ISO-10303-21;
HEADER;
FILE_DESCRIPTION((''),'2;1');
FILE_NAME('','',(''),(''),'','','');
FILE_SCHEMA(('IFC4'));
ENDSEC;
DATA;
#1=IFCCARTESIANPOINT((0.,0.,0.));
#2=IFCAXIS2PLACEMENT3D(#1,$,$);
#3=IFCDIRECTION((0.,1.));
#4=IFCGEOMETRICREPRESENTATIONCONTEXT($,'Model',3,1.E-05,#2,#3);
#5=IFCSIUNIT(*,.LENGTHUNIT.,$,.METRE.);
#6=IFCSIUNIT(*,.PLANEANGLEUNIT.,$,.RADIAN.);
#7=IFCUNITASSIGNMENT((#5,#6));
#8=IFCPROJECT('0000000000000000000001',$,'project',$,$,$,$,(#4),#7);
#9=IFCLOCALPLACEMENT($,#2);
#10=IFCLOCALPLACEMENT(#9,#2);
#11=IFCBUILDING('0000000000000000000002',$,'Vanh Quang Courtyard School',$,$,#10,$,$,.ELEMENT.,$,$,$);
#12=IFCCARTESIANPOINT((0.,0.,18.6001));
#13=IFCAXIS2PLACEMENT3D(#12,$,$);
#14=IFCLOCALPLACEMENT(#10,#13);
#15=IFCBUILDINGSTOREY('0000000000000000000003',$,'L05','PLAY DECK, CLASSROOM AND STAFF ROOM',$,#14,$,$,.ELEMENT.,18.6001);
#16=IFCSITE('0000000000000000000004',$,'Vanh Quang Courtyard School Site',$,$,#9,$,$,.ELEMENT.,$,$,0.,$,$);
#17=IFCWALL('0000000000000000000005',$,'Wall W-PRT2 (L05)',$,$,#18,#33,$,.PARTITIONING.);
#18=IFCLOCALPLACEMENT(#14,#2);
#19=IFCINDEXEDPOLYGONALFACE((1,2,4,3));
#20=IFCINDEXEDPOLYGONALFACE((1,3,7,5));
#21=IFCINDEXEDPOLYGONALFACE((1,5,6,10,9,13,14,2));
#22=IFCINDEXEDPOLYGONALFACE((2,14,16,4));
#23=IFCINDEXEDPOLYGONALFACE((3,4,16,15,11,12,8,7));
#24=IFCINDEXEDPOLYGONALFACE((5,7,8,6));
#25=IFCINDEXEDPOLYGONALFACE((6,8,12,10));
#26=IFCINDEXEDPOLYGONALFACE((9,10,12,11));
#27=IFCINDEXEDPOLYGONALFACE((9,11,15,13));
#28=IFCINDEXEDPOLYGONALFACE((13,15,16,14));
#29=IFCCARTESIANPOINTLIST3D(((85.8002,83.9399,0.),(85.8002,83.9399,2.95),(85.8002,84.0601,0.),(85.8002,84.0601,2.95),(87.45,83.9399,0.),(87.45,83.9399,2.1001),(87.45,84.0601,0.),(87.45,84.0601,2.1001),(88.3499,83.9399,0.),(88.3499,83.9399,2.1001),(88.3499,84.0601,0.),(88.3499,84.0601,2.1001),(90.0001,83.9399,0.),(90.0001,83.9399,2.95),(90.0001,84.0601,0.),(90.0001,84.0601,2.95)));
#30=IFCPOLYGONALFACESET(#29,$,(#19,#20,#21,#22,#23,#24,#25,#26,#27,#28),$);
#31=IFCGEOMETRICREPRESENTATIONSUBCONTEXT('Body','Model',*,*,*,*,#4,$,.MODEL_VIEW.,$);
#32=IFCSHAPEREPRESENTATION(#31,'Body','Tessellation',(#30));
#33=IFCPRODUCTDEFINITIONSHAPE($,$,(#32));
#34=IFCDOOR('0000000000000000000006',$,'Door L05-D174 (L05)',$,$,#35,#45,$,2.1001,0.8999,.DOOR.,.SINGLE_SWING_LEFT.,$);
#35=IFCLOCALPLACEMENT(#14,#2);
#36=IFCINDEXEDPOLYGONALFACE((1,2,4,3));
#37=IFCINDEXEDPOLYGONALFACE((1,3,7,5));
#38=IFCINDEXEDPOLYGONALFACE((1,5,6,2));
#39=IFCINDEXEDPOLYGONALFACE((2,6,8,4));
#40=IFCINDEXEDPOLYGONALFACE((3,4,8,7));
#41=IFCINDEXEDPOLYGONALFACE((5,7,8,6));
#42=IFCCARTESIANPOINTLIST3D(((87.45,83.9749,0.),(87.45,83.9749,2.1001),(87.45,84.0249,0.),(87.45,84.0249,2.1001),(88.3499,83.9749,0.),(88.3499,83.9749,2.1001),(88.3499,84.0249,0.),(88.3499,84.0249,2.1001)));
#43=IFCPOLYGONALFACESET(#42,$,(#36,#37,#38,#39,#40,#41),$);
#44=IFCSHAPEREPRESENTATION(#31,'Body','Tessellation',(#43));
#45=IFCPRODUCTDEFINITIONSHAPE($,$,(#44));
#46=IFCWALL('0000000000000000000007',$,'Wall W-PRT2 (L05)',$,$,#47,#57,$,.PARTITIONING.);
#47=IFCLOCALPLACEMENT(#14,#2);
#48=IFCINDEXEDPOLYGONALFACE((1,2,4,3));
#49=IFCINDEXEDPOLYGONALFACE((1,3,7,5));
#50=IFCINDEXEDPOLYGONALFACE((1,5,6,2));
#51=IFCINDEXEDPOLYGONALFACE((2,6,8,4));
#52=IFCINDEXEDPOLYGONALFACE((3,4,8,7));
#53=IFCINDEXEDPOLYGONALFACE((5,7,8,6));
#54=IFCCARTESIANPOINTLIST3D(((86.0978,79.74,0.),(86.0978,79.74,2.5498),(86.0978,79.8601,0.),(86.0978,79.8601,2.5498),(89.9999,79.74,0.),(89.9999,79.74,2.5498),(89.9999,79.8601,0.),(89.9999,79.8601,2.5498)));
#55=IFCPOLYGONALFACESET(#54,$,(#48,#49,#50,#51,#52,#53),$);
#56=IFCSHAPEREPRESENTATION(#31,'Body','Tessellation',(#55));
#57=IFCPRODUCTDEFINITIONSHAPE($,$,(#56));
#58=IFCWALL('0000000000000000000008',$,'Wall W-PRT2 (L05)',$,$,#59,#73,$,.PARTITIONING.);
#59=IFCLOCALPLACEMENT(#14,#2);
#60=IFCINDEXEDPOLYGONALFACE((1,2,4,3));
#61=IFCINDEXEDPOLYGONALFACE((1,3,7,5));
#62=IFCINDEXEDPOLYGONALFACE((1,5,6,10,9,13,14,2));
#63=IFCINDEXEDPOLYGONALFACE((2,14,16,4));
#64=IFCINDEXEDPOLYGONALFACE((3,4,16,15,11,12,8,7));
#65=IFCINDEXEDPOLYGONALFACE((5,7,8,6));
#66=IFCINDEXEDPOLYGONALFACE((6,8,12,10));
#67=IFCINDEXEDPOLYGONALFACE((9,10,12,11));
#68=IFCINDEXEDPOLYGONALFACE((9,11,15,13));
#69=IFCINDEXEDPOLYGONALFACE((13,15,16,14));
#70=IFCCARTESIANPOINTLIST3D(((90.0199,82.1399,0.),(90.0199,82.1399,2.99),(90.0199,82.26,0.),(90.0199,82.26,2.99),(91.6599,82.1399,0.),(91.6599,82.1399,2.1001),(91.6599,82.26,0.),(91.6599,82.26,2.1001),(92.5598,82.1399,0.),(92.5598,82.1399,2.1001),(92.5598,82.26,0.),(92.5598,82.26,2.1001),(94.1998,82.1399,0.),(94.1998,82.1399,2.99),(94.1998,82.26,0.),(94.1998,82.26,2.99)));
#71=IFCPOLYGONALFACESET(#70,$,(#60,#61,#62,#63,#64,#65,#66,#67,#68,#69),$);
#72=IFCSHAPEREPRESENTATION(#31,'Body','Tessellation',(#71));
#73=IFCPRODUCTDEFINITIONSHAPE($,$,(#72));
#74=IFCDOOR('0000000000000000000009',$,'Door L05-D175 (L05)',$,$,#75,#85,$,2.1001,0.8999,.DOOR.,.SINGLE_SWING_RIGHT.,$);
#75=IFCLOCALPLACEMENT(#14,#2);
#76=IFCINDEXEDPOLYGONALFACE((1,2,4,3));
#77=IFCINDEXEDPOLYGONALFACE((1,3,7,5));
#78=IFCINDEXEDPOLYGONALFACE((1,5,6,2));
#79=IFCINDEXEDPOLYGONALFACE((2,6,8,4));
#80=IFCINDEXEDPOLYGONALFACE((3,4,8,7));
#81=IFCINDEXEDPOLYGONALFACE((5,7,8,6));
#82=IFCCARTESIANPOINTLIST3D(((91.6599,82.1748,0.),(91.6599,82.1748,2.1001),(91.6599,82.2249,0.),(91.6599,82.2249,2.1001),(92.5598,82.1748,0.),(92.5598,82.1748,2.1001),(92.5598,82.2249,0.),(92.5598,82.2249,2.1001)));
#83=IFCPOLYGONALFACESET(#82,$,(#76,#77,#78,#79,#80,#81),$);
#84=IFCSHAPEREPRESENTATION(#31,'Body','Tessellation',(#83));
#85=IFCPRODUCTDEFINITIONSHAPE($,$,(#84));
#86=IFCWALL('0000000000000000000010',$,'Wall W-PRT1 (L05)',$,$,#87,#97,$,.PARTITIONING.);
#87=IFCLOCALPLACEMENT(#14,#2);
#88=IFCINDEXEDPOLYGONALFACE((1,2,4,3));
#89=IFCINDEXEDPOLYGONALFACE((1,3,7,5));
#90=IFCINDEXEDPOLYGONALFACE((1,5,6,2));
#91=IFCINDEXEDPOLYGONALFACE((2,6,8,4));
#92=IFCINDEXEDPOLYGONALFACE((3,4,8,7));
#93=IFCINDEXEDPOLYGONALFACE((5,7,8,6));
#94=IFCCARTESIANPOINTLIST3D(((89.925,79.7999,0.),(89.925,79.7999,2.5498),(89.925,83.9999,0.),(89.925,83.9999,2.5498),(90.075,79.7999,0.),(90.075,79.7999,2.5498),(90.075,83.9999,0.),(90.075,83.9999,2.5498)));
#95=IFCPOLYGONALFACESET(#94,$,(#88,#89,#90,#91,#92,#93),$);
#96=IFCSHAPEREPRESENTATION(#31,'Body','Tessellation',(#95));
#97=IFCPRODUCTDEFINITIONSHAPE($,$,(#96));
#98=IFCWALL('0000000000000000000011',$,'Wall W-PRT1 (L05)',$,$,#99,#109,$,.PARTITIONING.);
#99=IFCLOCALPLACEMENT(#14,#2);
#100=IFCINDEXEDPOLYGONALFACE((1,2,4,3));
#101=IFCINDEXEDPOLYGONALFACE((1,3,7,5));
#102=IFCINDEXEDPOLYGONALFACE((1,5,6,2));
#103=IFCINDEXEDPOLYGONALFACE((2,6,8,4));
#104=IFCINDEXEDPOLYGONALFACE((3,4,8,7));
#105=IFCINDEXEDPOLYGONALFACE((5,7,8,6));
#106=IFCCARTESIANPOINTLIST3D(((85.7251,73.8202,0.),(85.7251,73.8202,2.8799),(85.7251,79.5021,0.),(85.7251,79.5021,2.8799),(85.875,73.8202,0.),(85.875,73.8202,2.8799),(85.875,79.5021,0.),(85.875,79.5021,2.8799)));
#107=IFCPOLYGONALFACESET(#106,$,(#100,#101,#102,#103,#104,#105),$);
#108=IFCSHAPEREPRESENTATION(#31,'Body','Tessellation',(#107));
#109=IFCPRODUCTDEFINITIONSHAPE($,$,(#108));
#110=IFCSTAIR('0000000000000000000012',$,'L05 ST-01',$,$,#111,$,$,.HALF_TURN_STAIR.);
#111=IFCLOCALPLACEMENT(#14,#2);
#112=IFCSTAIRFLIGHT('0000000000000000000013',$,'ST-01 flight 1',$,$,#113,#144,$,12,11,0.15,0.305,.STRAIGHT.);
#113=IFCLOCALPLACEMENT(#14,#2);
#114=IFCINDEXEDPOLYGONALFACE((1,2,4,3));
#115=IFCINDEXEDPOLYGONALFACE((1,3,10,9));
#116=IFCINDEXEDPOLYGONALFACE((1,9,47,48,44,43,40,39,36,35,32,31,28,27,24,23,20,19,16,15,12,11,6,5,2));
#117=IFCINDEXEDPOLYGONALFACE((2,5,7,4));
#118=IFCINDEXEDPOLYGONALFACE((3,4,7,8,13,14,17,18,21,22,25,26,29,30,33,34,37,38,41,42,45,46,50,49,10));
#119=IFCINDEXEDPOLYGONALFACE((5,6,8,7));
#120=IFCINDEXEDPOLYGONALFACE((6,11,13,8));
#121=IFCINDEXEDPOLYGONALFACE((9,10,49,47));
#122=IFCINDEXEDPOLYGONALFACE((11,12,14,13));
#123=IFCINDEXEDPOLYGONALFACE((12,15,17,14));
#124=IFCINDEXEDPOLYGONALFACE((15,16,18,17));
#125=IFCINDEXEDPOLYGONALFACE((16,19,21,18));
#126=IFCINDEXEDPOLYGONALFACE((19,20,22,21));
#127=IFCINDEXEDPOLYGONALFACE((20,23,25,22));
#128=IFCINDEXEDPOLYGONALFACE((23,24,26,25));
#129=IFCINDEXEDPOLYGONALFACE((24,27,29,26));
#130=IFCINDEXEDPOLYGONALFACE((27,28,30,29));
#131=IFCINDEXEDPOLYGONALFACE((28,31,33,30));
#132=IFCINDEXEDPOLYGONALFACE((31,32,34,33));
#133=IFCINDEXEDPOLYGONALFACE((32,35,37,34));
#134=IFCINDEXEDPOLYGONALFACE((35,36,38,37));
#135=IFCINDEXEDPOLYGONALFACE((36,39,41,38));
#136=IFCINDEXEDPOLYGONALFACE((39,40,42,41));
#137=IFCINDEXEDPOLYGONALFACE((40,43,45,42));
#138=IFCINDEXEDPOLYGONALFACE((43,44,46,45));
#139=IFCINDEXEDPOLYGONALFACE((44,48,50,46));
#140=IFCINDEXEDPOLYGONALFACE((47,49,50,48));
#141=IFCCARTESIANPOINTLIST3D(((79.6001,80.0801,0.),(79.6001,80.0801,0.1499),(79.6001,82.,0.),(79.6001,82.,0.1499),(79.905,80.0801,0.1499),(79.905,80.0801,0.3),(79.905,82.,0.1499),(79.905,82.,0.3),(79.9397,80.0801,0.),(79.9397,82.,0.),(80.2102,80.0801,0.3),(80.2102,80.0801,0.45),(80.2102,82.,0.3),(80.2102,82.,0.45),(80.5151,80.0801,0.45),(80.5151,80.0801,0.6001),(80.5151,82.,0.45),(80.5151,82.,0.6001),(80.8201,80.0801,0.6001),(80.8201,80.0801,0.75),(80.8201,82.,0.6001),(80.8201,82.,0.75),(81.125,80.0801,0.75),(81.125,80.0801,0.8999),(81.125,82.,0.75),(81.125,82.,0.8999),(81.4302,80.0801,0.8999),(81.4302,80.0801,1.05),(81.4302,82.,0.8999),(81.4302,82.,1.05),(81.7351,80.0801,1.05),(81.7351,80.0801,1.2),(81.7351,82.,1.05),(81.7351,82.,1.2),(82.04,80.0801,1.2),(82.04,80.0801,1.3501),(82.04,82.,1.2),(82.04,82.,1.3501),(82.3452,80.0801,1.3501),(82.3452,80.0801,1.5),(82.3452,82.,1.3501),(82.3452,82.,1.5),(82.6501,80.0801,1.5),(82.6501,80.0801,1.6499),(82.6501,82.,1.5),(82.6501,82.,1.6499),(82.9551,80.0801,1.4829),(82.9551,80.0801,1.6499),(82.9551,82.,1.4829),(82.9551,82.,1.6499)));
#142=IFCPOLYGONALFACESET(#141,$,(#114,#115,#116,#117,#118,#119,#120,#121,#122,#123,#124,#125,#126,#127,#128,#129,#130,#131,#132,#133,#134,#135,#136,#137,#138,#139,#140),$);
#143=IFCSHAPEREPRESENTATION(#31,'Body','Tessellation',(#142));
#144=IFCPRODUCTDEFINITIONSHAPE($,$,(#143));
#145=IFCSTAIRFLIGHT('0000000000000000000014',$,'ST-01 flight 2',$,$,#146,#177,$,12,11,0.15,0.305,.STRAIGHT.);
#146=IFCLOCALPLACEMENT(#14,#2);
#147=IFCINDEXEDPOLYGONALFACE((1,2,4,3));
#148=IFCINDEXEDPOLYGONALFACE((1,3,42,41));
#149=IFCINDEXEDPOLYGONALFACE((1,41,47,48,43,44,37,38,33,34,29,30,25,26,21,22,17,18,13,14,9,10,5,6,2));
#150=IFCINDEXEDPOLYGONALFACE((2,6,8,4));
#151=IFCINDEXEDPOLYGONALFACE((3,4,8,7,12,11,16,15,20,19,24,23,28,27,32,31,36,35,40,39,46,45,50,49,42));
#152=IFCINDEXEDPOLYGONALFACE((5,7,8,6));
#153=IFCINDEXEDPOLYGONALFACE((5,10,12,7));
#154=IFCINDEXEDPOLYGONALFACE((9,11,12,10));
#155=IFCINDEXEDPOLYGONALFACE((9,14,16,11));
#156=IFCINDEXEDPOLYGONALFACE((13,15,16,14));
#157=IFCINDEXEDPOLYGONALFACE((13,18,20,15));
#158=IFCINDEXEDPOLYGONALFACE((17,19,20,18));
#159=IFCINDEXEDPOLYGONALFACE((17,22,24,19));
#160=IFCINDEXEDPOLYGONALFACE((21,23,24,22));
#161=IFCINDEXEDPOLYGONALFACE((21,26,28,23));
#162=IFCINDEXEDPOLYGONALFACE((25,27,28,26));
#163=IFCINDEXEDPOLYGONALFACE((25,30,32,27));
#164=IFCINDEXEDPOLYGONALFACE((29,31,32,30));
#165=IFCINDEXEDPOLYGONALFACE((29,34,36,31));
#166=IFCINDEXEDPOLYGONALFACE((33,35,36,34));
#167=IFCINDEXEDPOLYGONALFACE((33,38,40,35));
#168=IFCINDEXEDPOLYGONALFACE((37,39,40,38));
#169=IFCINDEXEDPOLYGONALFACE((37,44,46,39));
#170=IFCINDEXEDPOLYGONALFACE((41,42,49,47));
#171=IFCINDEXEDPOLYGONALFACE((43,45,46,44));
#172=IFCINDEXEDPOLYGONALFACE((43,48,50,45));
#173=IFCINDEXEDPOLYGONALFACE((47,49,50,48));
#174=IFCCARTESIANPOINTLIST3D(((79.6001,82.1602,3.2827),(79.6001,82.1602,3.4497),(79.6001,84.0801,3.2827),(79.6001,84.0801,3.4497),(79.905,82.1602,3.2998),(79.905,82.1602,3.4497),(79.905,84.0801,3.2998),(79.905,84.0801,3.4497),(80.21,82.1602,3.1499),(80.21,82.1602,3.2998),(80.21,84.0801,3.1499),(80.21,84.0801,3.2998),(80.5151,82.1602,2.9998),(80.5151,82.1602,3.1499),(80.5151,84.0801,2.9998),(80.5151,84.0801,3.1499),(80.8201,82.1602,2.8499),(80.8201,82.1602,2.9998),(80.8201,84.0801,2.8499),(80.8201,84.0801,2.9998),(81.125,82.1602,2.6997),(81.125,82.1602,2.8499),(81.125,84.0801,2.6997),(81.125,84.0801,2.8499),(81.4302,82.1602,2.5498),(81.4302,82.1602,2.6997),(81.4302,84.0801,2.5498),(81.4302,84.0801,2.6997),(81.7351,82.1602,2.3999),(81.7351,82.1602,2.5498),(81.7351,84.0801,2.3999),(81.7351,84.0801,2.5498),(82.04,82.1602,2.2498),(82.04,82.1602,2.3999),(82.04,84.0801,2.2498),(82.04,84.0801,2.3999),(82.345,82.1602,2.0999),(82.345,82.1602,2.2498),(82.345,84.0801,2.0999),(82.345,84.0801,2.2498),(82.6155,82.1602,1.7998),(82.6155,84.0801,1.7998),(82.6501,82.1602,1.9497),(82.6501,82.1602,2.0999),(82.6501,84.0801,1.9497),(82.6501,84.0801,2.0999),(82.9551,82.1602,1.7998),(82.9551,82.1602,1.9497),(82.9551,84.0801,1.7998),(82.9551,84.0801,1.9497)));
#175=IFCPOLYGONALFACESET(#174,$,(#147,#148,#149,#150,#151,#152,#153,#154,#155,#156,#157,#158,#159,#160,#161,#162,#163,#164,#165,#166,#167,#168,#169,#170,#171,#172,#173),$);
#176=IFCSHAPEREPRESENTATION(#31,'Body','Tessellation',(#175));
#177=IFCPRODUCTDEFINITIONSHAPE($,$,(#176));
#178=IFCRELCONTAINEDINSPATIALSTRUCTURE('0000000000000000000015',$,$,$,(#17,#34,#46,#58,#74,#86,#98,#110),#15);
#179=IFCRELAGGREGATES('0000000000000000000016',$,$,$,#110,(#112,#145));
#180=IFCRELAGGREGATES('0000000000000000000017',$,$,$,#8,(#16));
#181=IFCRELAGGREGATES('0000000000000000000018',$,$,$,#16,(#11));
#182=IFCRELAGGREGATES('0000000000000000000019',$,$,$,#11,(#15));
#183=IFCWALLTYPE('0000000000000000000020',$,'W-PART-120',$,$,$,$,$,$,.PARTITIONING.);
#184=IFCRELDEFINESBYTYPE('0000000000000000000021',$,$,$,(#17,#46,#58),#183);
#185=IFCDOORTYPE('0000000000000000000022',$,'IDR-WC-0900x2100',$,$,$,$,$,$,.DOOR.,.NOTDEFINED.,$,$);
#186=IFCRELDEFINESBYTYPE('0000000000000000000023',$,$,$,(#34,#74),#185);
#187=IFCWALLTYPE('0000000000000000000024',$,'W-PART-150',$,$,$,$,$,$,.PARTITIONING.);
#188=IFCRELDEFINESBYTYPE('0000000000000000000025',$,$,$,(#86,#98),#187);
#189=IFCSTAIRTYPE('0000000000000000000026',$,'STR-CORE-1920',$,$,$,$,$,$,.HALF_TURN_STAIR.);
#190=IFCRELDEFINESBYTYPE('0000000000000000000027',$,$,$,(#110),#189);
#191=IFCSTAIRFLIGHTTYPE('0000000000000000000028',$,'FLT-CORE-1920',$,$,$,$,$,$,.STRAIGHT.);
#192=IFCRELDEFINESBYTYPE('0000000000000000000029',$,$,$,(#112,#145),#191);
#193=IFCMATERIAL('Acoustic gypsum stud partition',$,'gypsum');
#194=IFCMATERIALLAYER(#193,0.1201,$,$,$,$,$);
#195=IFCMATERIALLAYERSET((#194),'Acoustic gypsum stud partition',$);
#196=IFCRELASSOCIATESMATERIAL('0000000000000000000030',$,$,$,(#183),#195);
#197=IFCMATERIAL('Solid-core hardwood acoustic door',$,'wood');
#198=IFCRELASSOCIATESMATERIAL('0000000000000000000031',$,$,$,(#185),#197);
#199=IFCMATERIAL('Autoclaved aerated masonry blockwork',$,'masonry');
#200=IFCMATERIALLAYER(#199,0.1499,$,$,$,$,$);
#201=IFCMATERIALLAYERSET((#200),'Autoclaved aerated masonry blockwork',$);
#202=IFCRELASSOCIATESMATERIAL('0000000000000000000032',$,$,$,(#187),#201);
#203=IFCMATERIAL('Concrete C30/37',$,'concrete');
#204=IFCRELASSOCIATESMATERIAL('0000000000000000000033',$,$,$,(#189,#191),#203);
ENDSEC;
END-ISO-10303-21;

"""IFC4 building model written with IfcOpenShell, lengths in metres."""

from ifc_helpers import new_model, si_unit, direction, frame, frame_2d, origin, place, context, subcontext, project, spatial, polyline, rectangle, outline, extrude, material, layer, layer_set, type_object, element, fill, aggregate, save


model = new_model("IFC4")

# Units and contexts
model_context = context("Model", 3, precision=1e-05, world=origin(), true_north=direction((0.0, 1.0)))
body_context = subcontext(model_context, "Body", "Model", "MODEL_VIEW")
ifc_project = project(units=[si_unit("LENGTHUNIT", "METRE"), si_unit("PLANEANGLEUNIT", "RADIAN")], contexts=[model_context])

# Site, building, storey
site_placement = place(None, origin())
site = spatial("IfcSite", under=ifc_project, at=site_placement, Name="Vanh Quang Courtyard School Site", CompositionType="ELEMENT", RefElevation=0.0)
building_placement = place(site_placement, origin())
building = spatial("IfcBuilding", under=site, at=building_placement, Name="Vanh Quang Courtyard School", CompositionType="ELEMENT")
storey_placement = place(building_placement, frame((0.0, 0.0, 18.6001)))
storey = spatial("IfcBuildingStorey", under=building, at=storey_placement, Name="L05", Description="PLAY DECK, CLASSROOM AND STAFF ROOM", CompositionType="ELEMENT", Elevation=18.6001)

# Shared definitions
ifc_material_1 = material(Name="Concrete C30/37", Category="concrete")

# Wall, opening, door
ifc_material_2 = material(Name="Acoustic gypsum stud partition", Category="gypsum")
ifc_layer_1 = layer(ifc_material_2, 0.1201)
ifc_layer_set_1 = layer_set([ifc_layer_1], Name="Acoustic gypsum stud partition")
wall_type_1 = type_object("IfcWallType", Name="W-PART-120", PredefinedType="PARTITIONING", material=ifc_layer_set_1)
wall_1_placement = place(storey_placement, frame((85.8, 84.0, 0.0), z_axis=(0.0, 0.0, 1.0), x_axis=(1.0, 0.0, 0.0)))
wall_1 = element("IfcWall", 1, at=wall_1_placement, inside=storey, type_object=wall_type_1, Name="Wall W-PRT2 (L05)", PredefinedType="PARTITIONING", context=body_context, shape_type="SweptSolid", body=[
    extrude(rectangle(XDim=4.2, YDim=0.1201, at=frame_2d((2.1001, 0.0))), origin(), (0.0, 0.0, 1.0), 2.95),
])
opening_1_placement = place(wall_1_placement, frame((1.6499, 0.0, 0.0)))
opening_1 = element("IfcOpeningElement", 2, at=opening_1_placement, cuts=wall_1, PredefinedType="OPENING", context=body_context, shape_type="SweptSolid", body=[
    extrude(rectangle(XDim=0.8999, YDim=2.1001, at=frame_2d((0.45, 1.05))), frame((0.0, 0.0701, 0.0), z_axis=(0.0, -1.0, 0.0), x_axis=(1.0, 0.0, 0.0)), (0.0, 0.0, 1.0), 0.1401),
])
ifc_material_3 = material(Name="Solid-core hardwood acoustic door", Category="wood")
door_type = type_object("IfcDoorType", Name="IDR-WC-0900x2100", OperationType="NOTDEFINED", PredefinedType="DOOR", material=ifc_material_3)
door_1_placement = place(opening_1_placement, origin())
door_1 = element("IfcDoor", 3, at=door_1_placement, inside=storey, type_object=door_type, Name="Door L05-D174 (L05)", OperationType="SINGLE_SWING_LEFT", OverallHeight=2.1001, OverallWidth=0.8999, PredefinedType="DOOR", context=body_context, shape_type="SweptSolid", body=[
    extrude(rectangle(XDim=0.8999, YDim=2.1001, at=frame_2d((0.45, 1.05))), frame((0.0, 0.0249, 0.0), z_axis=(0.0, -1.0, 0.0), x_axis=(1.0, 0.0, 0.0)), (0.0, 0.0, 1.0), 0.05),
])
fill(opening_1, door_1)

# Wall
wall_2_placement = place(storey_placement, frame((90.0, 79.8, 0.0), z_axis=(0.0, 0.0, 1.0), x_axis=(-1.0, 0.0, 0.0)))
element("IfcWall", 4, at=wall_2_placement, inside=storey, type_object=wall_type_1, Name="Wall W-PRT2 (L05)", PredefinedType="PARTITIONING", context=body_context, shape_type="SweptSolid", body=[
    extrude(rectangle(XDim=3.9021, YDim=0.1201, at=frame_2d((1.9512, 0.0))), origin(), (0.0, 0.0, 1.0), 2.5498),
])

# Wall, opening, door
wall_3_placement = place(storey_placement, frame((90.02, 82.2, 0.0), z_axis=(0.0, 0.0, 1.0), x_axis=(1.0, 0.0, 0.0)))
wall_3 = element("IfcWall", 5, at=wall_3_placement, inside=storey, type_object=wall_type_1, Name="Wall W-PRT2 (L05)", PredefinedType="PARTITIONING", context=body_context, shape_type="SweptSolid", body=[
    extrude(rectangle(XDim=4.1799, YDim=0.1201, at=frame_2d((2.0898, 0.0))), origin(), (0.0, 0.0, 1.0), 2.99),
])
opening_2_placement = place(wall_3_placement, frame((1.6399, 0.0, 0.0)))
opening_2 = element("IfcOpeningElement", 6, at=opening_2_placement, cuts=wall_3, PredefinedType="OPENING", context=body_context, shape_type="SweptSolid", body=[
    extrude(rectangle(XDim=0.8999, YDim=2.1001, at=frame_2d((0.45, 1.05))), frame((0.0, 0.0701, 0.0), z_axis=(0.0, -1.0, 0.0), x_axis=(1.0, 0.0, 0.0)), (0.0, 0.0, 1.0), 0.1401),
])
door_2_placement = place(opening_2_placement, origin())
door_2 = element("IfcDoor", 7, at=door_2_placement, inside=storey, type_object=door_type, Name="Door L05-D175 (L05)", OperationType="SINGLE_SWING_RIGHT", OverallHeight=2.1001, OverallWidth=0.8999, PredefinedType="DOOR", context=body_context, shape_type="SweptSolid", body=[
    extrude(rectangle(XDim=0.8999, YDim=2.1001, at=frame_2d((0.45, 1.05))), frame((0.0, 0.0249, 0.0), z_axis=(0.0, -1.0, 0.0), x_axis=(1.0, 0.0, 0.0)), (0.0, 0.0, 1.0), 0.05),
])
fill(opening_2, door_2)

# Walls
ifc_material_4 = material(Name="Autoclaved aerated masonry blockwork", Category="masonry")
ifc_layer_2 = layer(ifc_material_4, 0.1499)
ifc_layer_set_2 = layer_set([ifc_layer_2], Name="Autoclaved aerated masonry blockwork")
wall_type_2 = type_object("IfcWallType", Name="W-PART-150", PredefinedType="PARTITIONING", material=ifc_layer_set_2)
wall_4_placement = place(storey_placement, frame((90.0, 84.0, 0.0), z_axis=(0.0, 0.0, 1.0), x_axis=(0.0, -1.0, 0.0)))
element("IfcWall", 8, at=wall_4_placement, inside=storey, type_object=wall_type_2, Name="Wall W-PRT1 (L05)", PredefinedType="PARTITIONING", context=body_context, shape_type="SweptSolid", body=[
    extrude(rectangle(XDim=4.2, YDim=0.1499, at=frame_2d((2.1001, 0.0))), origin(), (0.0, 0.0, 1.0), 2.5498),
])
wall_5_placement = place(storey_placement, frame((85.8, 79.502, 0.0), z_axis=(0.0, 0.0, 1.0), x_axis=(0.0, -1.0, 0.0)))
element("IfcWall", 9, at=wall_5_placement, inside=storey, type_object=wall_type_2, Name="Wall W-PRT1 (L05)", PredefinedType="PARTITIONING", context=body_context, shape_type="SweptSolid", body=[
    extrude(rectangle(XDim=5.6819, YDim=0.1499, at=frame_2d((2.8408, 0.0))), origin(), (0.0, 0.0, 1.0), 2.8799),
])

# Stair, stair flights
stair_type = type_object("IfcStairType", Name="STR-CORE-1920", PredefinedType="HALF_TURN_STAIR", material=ifc_material_1)
stair_placement = place(storey_placement, origin())
stair = element("IfcStair", 10, at=stair_placement, inside=storey, type_object=stair_type, Name="L05 ST-01", PredefinedType="HALF_TURN_STAIR")
stair_flight_type = type_object("IfcStairFlightType", Name="FLT-CORE-1920", PredefinedType="STRAIGHT", material=ifc_material_1)
stair_flight_1_placement = place(storey_placement, frame((79.6001, 81.04, 0.0), z_axis=(0.0, 0.0, 1.0), x_axis=(1.0, 0.0, 0.0)))
stair_flight_1 = element("IfcStairFlight", 11, at=stair_flight_1_placement, type_object=stair_flight_type, Name="ST-01 flight 1", NumberOfRisers=12, NumberOfTreads=11, PredefinedType="STRAIGHT", RiserHeight=0.15, TreadLength=0.305, context=body_context, shape_type="SweptSolid", body=[
    extrude(outline(polyline([(0.0, 0.0), (0.0, 0.1499), (0.3049, 0.1499), (0.3049, 0.3), (0.6101, 0.3), (0.6101, 0.45), (0.915, 0.45), (0.915, 0.6001), (1.22, 0.6001), (1.22, 0.75), (1.5249, 0.75), (1.5249, 0.8999), (1.8301, 0.8999), (1.8301, 1.05), (2.135, 1.05), (2.135, 1.2), (2.4399, 1.2), (2.4399, 1.3501), (2.7451, 1.3501), (2.7451, 1.5), (3.05, 1.5), (3.05, 1.6499), (3.355, 1.6499), (3.355, 1.8), (3.355, 1.4829), (0.3396, 0.0), (0.0, 0.0)])), frame((0.0, 0.96, 0.0), z_axis=(0.0, -1.0, 0.0), x_axis=(1.0, 0.0, 0.0)), (0.0, 0.0, 1.0), 1.9199),
])
stair_flight_2_placement = place(storey_placement, frame((82.9551, 83.1201, 1.7998), z_axis=(0.0, 0.0, 1.0), x_axis=(-1.0, 0.0, 0.0)))
stair_flight_2 = element("IfcStairFlight", 12, at=stair_flight_2_placement, type_object=stair_flight_type, Name="ST-01 flight 2", NumberOfRisers=12, NumberOfTreads=11, PredefinedType="STRAIGHT", RiserHeight=0.15, TreadLength=0.305, context=body_context, shape_type="SweptSolid", body=[
    extrude(outline(polyline([(0.0, 0.0), (0.0, 0.1499), (0.3049, 0.1499), (0.3049, 0.3), (0.6101, 0.3), (0.6101, 0.45), (0.915, 0.45), (0.915, 0.6001), (1.22, 0.6001), (1.22, 0.75), (1.5249, 0.75), (1.5249, 0.8999), (1.8301, 0.8999), (1.8301, 1.05), (2.135, 1.05), (2.135, 1.2), (2.4399, 1.2), (2.4399, 1.3501), (2.7451, 1.3501), (2.7451, 1.5), (3.05, 1.5), (3.05, 1.6499), (3.355, 1.6499), (3.355, 1.8), (3.355, 1.4829), (0.3396, 0.0), (0.0, 0.0)])), frame((0.0, 0.96, 0.0), z_axis=(0.0, -1.0, 0.0), x_axis=(1.0, 0.0, 0.0)), (0.0, 0.0, 1.0), 1.9199),
])
aggregate(stair, [stair_flight_1, stair_flight_2])

save(model, "model.ifc")
